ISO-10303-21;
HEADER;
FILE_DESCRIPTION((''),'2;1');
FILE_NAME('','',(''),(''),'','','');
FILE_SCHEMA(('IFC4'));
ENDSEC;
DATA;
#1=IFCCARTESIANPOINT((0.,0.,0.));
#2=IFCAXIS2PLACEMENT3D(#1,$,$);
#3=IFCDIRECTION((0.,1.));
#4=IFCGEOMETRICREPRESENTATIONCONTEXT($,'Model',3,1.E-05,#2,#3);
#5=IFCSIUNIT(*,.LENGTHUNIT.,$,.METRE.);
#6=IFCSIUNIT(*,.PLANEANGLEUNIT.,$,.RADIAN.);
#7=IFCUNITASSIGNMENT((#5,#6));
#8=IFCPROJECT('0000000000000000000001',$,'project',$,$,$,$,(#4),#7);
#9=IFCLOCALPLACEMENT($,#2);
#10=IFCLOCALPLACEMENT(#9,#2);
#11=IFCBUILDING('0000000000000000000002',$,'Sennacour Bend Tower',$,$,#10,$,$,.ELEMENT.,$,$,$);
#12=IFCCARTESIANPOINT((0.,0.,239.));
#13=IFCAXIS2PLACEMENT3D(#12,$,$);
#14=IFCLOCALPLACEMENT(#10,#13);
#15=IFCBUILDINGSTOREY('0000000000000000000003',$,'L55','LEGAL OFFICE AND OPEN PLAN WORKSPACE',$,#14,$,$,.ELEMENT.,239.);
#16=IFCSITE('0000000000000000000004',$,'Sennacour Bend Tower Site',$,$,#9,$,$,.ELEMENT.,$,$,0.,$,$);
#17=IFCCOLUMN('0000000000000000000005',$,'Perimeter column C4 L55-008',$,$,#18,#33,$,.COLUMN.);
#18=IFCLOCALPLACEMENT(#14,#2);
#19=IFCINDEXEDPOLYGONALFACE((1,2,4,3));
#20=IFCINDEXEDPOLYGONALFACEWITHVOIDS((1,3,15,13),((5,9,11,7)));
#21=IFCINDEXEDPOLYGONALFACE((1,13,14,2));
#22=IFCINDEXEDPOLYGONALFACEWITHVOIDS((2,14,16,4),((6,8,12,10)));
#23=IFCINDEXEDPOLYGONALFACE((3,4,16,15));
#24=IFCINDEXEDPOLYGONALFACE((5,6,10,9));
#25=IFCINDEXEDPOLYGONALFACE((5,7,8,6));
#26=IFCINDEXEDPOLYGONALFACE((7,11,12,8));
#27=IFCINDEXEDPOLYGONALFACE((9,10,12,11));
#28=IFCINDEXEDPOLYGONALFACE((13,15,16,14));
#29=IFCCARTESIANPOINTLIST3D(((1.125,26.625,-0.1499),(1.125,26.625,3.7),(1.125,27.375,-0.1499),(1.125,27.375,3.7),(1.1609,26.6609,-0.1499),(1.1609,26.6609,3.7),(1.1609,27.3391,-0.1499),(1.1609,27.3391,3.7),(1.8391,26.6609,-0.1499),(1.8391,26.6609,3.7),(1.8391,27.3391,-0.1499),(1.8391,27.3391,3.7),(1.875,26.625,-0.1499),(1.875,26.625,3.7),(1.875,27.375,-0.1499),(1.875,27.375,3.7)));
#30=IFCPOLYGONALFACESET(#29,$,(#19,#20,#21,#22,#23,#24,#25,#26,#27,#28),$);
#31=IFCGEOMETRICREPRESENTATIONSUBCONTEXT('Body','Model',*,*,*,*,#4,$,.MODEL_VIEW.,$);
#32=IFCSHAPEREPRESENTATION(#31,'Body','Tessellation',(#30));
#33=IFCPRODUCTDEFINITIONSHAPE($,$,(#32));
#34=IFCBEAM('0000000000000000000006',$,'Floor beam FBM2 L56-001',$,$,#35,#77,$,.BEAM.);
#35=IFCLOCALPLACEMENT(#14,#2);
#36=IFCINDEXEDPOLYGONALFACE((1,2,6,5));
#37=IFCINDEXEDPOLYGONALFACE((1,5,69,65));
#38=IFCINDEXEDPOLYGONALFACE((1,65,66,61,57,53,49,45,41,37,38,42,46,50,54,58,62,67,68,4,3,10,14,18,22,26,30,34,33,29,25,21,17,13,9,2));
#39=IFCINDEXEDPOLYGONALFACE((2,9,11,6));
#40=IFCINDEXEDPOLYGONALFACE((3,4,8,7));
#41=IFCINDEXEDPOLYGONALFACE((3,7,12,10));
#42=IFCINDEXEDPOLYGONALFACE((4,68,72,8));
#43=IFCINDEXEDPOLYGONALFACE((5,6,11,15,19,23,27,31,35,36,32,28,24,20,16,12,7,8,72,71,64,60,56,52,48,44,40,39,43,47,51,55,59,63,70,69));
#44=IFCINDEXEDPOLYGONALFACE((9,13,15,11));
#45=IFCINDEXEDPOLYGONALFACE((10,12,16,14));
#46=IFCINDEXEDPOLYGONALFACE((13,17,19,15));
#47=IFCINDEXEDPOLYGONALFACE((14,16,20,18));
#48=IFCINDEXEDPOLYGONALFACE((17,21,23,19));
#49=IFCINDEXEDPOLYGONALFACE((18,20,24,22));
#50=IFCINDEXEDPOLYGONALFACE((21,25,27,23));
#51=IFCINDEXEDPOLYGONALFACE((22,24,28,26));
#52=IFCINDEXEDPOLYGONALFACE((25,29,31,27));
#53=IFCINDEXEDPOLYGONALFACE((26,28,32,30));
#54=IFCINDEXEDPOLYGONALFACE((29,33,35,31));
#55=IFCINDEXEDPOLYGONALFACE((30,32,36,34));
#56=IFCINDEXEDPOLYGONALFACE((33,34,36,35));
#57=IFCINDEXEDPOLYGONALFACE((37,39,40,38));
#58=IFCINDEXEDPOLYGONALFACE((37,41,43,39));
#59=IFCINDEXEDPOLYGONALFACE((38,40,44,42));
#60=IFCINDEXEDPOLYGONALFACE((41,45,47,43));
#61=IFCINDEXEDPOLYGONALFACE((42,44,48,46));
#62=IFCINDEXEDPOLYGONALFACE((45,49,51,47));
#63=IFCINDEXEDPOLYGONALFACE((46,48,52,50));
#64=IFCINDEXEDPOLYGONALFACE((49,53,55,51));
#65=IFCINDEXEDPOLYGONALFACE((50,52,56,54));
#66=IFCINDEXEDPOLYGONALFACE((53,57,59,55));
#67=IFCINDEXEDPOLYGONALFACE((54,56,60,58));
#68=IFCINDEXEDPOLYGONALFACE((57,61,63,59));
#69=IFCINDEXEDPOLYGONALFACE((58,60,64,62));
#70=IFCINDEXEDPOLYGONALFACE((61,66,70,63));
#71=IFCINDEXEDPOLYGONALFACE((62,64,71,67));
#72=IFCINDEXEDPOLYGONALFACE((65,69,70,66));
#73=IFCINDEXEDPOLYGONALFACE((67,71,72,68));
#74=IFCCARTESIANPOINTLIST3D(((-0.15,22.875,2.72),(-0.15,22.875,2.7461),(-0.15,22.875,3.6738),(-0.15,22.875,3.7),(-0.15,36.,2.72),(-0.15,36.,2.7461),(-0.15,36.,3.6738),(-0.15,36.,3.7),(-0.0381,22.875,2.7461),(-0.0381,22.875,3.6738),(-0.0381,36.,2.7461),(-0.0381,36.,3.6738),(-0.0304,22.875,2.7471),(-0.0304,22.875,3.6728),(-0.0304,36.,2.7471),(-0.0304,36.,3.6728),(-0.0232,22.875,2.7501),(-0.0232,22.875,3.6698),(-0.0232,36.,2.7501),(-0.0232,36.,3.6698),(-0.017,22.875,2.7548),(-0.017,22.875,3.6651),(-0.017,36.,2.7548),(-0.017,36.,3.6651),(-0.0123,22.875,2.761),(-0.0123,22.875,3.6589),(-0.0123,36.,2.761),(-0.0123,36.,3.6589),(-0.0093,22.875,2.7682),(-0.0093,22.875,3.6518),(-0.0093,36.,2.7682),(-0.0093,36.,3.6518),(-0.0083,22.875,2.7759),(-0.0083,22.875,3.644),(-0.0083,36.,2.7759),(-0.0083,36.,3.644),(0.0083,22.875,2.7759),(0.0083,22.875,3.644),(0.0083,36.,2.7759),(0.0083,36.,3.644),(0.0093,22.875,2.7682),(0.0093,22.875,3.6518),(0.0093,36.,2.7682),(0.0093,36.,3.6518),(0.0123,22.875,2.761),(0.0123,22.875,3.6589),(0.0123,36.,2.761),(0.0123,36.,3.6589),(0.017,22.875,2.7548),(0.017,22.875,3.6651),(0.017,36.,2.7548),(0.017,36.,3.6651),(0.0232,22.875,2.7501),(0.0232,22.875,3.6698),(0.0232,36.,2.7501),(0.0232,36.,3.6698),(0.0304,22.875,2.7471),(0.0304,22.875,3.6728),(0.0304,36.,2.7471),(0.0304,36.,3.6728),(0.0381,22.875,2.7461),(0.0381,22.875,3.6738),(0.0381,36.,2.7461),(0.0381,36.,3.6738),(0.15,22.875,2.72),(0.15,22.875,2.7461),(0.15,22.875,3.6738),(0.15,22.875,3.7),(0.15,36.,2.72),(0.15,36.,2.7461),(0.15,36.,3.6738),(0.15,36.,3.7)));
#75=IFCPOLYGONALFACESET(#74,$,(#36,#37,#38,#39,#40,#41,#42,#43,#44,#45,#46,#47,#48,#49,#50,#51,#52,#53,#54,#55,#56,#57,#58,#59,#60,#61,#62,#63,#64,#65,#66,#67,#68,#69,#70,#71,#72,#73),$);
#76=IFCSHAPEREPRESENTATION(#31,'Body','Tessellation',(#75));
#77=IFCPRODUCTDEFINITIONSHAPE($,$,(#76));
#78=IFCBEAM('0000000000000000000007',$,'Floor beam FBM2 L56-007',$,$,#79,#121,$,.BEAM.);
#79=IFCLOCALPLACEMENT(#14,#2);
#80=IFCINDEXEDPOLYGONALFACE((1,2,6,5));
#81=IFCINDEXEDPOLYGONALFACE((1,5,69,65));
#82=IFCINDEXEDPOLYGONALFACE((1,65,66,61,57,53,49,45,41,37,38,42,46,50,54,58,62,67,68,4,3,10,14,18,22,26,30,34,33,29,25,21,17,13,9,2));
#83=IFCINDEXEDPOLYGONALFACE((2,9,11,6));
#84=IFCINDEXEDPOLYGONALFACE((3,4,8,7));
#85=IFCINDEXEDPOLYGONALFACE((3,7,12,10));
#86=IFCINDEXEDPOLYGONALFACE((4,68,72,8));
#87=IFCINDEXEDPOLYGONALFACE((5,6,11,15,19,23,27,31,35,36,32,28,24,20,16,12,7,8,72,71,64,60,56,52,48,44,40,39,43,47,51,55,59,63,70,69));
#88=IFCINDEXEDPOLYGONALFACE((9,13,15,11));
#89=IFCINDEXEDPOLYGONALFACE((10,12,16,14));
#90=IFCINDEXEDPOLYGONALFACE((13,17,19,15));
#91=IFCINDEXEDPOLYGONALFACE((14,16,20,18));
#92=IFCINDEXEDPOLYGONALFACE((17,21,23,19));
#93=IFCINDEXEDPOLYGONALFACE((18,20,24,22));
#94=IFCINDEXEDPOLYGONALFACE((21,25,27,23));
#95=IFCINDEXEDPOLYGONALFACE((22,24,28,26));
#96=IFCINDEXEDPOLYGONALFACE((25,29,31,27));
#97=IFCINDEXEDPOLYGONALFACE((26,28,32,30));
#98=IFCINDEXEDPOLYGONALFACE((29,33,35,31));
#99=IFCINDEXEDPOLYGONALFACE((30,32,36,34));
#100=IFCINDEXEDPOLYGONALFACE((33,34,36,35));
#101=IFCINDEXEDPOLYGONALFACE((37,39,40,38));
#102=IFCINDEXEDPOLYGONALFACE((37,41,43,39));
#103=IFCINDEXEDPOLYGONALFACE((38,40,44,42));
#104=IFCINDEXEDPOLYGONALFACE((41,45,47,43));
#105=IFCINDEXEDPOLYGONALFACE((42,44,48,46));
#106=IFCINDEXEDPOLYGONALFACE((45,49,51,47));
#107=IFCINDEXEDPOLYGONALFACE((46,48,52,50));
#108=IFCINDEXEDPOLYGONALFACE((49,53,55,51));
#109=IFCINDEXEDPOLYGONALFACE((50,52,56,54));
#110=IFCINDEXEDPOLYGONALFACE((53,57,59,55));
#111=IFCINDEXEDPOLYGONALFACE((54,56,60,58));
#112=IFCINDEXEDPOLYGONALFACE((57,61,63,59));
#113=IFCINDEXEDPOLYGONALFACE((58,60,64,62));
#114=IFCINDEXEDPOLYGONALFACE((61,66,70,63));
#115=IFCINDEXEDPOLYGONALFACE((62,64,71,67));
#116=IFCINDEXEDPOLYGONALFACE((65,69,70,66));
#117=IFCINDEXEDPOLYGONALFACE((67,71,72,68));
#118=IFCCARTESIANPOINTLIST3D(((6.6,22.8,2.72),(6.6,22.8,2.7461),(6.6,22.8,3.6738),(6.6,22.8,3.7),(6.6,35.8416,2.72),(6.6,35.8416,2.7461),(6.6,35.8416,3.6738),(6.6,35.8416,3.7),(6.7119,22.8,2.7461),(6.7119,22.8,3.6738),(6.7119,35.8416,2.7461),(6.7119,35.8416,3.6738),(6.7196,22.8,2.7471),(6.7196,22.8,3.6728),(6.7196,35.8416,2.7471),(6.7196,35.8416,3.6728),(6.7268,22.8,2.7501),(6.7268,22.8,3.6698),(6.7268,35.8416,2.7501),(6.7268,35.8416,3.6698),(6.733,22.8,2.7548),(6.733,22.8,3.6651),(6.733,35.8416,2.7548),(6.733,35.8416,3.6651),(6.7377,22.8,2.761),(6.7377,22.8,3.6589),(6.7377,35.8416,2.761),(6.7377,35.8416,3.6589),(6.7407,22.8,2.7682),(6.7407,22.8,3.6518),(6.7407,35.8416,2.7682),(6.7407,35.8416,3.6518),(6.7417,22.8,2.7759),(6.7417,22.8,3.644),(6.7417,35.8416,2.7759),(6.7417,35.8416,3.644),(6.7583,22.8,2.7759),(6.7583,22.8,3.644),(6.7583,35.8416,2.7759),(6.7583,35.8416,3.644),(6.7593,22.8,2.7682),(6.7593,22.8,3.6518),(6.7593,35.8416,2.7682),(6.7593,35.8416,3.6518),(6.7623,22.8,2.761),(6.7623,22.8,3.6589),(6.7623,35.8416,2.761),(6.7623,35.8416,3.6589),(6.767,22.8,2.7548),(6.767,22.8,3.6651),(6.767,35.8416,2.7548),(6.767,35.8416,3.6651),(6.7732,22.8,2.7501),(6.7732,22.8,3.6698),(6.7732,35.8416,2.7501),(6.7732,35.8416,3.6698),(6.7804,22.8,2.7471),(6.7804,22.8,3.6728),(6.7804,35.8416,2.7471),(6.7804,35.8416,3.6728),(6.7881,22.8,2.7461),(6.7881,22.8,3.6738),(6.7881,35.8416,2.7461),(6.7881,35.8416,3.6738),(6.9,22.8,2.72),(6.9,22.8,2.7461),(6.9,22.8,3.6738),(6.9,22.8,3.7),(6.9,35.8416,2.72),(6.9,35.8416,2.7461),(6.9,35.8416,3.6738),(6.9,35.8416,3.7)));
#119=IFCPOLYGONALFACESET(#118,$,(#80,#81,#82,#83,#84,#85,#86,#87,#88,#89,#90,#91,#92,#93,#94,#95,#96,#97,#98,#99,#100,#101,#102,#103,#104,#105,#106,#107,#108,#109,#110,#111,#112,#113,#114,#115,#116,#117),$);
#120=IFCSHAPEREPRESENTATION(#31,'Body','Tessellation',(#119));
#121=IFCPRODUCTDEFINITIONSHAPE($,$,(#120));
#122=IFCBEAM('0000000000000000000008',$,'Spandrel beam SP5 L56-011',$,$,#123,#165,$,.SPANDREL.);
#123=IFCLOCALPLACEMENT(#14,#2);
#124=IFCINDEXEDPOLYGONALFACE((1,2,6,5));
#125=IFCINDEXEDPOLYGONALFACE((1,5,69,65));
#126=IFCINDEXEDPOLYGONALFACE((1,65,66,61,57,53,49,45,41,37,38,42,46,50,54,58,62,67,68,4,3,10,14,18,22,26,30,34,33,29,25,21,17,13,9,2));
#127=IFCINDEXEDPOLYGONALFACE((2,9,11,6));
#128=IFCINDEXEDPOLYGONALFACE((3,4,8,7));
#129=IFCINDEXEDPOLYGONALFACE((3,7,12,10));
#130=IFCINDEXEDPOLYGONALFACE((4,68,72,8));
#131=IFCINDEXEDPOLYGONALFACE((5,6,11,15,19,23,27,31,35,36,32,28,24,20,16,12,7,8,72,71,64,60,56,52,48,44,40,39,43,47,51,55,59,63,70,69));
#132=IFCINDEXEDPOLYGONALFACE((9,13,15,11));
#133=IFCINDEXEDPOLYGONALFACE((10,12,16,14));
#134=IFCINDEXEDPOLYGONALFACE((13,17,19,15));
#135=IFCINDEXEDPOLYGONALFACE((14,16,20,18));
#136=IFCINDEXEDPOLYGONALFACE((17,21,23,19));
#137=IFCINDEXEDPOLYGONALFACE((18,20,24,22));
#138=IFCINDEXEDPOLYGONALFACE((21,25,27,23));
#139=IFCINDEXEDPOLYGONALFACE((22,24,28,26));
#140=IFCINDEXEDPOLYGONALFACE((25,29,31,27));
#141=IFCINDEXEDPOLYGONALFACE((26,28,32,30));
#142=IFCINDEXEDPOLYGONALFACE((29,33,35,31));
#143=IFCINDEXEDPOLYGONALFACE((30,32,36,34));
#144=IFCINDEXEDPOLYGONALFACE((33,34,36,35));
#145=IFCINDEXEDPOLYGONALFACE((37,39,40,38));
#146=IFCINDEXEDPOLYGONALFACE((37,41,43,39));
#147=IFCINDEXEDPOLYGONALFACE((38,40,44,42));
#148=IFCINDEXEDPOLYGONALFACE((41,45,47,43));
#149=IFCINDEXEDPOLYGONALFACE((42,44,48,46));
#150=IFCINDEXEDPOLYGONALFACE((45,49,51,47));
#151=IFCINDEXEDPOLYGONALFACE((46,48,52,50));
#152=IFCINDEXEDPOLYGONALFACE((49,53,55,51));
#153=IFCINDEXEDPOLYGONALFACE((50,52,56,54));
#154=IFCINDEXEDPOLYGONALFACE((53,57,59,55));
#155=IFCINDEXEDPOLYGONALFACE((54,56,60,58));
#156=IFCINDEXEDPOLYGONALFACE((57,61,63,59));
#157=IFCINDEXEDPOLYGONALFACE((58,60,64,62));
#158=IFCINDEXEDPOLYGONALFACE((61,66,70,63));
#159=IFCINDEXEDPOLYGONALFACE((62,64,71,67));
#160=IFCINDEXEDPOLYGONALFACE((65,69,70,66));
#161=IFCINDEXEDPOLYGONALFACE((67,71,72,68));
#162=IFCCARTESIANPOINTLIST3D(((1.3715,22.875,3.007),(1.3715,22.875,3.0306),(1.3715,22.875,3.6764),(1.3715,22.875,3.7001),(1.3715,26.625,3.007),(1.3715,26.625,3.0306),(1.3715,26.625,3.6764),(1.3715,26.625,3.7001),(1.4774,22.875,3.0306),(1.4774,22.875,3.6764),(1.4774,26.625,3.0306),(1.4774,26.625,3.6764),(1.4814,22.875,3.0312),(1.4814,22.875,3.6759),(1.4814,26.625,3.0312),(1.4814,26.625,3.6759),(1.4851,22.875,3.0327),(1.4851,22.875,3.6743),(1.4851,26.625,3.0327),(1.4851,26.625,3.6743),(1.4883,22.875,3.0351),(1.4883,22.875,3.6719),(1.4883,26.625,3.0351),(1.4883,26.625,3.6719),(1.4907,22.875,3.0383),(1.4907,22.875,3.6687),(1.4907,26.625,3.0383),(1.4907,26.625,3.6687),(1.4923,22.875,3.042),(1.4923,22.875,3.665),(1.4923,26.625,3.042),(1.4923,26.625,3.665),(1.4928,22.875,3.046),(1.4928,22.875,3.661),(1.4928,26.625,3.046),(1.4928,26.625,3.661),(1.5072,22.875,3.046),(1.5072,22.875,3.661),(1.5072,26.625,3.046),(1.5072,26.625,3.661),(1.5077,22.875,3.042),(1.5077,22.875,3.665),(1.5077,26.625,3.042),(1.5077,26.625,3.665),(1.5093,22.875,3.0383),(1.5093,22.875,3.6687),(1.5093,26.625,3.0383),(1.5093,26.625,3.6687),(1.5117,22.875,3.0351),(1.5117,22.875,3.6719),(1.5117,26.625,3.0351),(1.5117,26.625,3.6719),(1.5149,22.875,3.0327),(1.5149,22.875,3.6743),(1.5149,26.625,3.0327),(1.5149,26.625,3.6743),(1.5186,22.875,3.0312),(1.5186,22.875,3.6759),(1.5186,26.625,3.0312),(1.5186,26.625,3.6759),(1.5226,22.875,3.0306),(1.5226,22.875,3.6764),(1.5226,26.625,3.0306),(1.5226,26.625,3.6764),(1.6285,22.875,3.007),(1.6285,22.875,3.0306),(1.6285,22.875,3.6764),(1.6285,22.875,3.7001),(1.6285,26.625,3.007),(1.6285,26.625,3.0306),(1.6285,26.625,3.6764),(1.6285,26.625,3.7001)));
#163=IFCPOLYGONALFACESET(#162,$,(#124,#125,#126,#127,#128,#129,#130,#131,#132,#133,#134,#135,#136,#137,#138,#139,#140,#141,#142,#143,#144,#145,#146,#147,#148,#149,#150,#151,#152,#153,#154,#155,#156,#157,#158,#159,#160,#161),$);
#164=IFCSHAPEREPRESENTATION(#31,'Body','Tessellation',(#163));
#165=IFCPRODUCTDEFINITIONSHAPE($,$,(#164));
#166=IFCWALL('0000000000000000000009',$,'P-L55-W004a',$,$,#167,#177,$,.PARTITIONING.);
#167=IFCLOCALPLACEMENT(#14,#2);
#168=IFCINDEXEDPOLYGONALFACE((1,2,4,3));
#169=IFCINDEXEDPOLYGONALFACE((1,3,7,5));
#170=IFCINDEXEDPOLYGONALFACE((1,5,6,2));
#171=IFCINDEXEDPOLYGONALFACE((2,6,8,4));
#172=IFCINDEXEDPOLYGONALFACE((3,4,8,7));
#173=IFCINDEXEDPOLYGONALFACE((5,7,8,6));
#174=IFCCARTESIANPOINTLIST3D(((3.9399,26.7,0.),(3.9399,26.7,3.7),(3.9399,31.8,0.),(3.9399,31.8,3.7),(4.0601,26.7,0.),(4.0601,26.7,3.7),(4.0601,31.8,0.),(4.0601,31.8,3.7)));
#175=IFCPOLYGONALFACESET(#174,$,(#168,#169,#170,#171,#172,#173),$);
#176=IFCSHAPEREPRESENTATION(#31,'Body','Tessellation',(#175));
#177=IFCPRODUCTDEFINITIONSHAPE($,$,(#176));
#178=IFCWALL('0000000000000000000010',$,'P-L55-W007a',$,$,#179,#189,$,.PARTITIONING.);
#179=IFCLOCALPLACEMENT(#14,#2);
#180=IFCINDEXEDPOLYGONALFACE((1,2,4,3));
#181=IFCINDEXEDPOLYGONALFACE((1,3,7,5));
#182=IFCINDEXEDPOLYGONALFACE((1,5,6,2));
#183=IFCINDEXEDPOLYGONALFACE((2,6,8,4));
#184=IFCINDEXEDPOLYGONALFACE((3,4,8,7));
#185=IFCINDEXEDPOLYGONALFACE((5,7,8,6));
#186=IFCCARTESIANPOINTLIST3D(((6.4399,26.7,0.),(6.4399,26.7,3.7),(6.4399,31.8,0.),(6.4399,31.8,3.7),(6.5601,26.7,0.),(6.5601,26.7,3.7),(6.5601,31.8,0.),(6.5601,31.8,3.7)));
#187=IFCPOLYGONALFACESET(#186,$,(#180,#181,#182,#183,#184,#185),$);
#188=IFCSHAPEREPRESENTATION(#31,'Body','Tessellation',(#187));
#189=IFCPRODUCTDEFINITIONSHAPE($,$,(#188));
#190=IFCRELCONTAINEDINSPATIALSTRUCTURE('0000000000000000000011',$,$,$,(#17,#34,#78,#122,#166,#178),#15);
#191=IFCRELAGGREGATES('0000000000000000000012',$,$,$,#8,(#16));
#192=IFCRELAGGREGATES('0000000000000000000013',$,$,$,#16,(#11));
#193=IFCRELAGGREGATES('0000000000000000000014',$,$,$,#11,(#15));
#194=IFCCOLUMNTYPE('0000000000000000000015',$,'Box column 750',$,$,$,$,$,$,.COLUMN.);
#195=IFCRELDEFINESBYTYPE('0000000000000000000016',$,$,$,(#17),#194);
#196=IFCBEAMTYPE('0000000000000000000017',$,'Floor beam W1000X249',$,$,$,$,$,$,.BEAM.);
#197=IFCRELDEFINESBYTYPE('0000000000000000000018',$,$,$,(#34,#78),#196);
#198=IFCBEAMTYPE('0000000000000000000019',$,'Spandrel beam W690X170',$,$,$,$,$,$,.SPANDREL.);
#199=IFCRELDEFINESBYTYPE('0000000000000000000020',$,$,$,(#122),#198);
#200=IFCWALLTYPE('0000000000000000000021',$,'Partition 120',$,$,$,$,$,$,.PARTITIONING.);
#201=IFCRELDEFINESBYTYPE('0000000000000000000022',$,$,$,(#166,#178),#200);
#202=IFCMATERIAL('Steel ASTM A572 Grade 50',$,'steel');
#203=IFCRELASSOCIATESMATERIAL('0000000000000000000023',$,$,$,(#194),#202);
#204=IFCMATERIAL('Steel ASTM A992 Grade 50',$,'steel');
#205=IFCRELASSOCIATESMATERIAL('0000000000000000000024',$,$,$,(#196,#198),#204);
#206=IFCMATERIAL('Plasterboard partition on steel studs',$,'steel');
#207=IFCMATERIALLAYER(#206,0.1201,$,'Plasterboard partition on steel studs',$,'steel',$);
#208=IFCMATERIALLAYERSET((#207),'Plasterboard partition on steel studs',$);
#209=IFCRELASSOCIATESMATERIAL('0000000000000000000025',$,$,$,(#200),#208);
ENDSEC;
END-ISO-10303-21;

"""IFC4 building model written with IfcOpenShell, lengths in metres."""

from ifc_helpers import new_model, si_unit, direction, frame, frame_2d, origin, origin_2d, place, context, subcontext, project, spatial, rectangle, hollow_rectangle, i_section, extrude, material, layer, layer_set, material_profile, profile_set, type_object, element, save


model = new_model("IFC4")

# Units and contexts
model_context = context("Model", 3, precision=1e-05, world=origin(), true_north=direction((0.0, 1.0)))
body_context = subcontext(model_context, "Body", "Model", "MODEL_VIEW")
ifc_project = project(units=[si_unit("LENGTHUNIT", "METRE"), si_unit("PLANEANGLEUNIT", "RADIAN")], contexts=[model_context])

# Site, building, storey
site_placement = place(None, origin())
site = spatial("IfcSite", under=ifc_project, at=site_placement, Name="Sennacour Bend Tower Site", CompositionType="ELEMENT", RefElevation=0.0)
building_placement = place(site_placement, origin())
building = spatial("IfcBuilding", under=site, at=building_placement, Name="Sennacour Bend Tower", CompositionType="ELEMENT")
storey_placement = place(building_placement, frame((0.0, 0.0, 239.0)))
storey = spatial("IfcBuildingStorey", under=building, at=storey_placement, Name="L55", Description="LEGAL OFFICE AND OPEN PLAN WORKSPACE", CompositionType="ELEMENT", Elevation=239.0)

# Column
ifc_material_1 = material(Name="Steel ASTM A572 Grade 50", Category="steel")
ifc_material_profile_1 = material_profile(ifc_material_1, hollow_rectangle(XDim=0.75, YDim=0.75, WallThickness=0.0359, at=origin_2d()), Name="Steel ASTM A572 Grade 50", Category="steel")
ifc_profile_set_1 = profile_set([ifc_material_profile_1], Name="Steel ASTM A572 Grade 50")
column_type = type_object("IfcColumnType", Name="Box column 750", PredefinedType="COLUMN", material=ifc_profile_set_1)
column_placement = place(storey_placement, frame((1.5, 27.0, -0.1499), z_axis=(0.0, 0.0, 1.0), x_axis=(1.0, 0.0, 0.0)))
element("IfcColumn", 1, at=column_placement, inside=storey, type_object=column_type, Name="Perimeter column C4 L55-008", PredefinedType="COLUMN", context=body_context, shape_type="SweptSolid", body=[
    extrude(hollow_rectangle(XDim=0.75, YDim=0.75, WallThickness=0.0359, at=origin_2d()), origin(), (0.0, 0.0, 1.0), 3.8499),
])

# Beams
ifc_material_2 = material(Name="Steel ASTM A992 Grade 50", Category="steel")
ifc_material_profile_2 = material_profile(ifc_material_2, i_section(OverallWidth=0.3, OverallDepth=0.98, WebThickness=0.0166, FlangeThickness=0.0261, FilletRadius=0.0298, at=origin_2d()), Name="Steel ASTM A992 Grade 50", Category="steel")
ifc_profile_set_2 = profile_set([ifc_material_profile_2], Name="Steel ASTM A992 Grade 50")
beam_type_1 = type_object("IfcBeamType", Name="Floor beam W1000X249", PredefinedType="BEAM", material=ifc_profile_set_2)
beam_1_placement = place(storey_placement, frame((0.0, 22.875, 3.21), z_axis=(0.0, 1.0, 0.0), x_axis=(-1.0, 0.0, 0.0)))
element("IfcBeam", 2, at=beam_1_placement, inside=storey, type_object=beam_type_1, Name="Floor beam FBM2 L56-001", PredefinedType="BEAM", context=body_context, shape_type="SweptSolid", body=[
    extrude(i_section(OverallWidth=0.3, OverallDepth=0.98, WebThickness=0.0166, FlangeThickness=0.0261, FilletRadius=0.0298, at=origin_2d()), origin(), (0.0, 0.0, 1.0), 13.125),
])
beam_2_placement = place(storey_placement, frame((6.75, 22.8, 3.21), z_axis=(0.0, 1.0, 0.0), x_axis=(-1.0, 0.0, 0.0)))
element("IfcBeam", 3, at=beam_2_placement, inside=storey, type_object=beam_type_1, Name="Floor beam FBM2 L56-007", PredefinedType="BEAM", context=body_context, shape_type="SweptSolid", body=[
    extrude(i_section(OverallWidth=0.3, OverallDepth=0.98, WebThickness=0.0166, FlangeThickness=0.0261, FilletRadius=0.0298, at=origin_2d()), origin(), (0.0, 0.0, 1.0), 13.0415),
])
ifc_material_profile_3 = material_profile(ifc_material_2, i_section(OverallWidth=0.2571, OverallDepth=0.6931, WebThickness=0.0144, FlangeThickness=0.0237, FilletRadius=0.0154, at=origin_2d()), Name="Steel ASTM A992 Grade 50", Category="steel")
ifc_profile_set_3 = profile_set([ifc_material_profile_3], Name="Steel ASTM A992 Grade 50")
beam_type_2 = type_object("IfcBeamType", Name="Spandrel beam W690X170", PredefinedType="SPANDREL", material=ifc_profile_set_3)
beam_3_placement = place(storey_placement, frame((1.5, 22.875, 3.3535), z_axis=(0.0, 1.0, 0.0), x_axis=(-1.0, 0.0, 0.0)))
element("IfcBeam", 4, at=beam_3_placement, inside=storey, type_object=beam_type_2, Name="Spandrel beam SP5 L56-011", PredefinedType="SPANDREL", context=body_context, shape_type="SweptSolid", body=[
    extrude(i_section(OverallWidth=0.2571, OverallDepth=0.6931, WebThickness=0.0144, FlangeThickness=0.0237, FilletRadius=0.0154, at=origin_2d()), origin(), (0.0, 0.0, 1.0), 3.75),
])

# Walls
ifc_material_3 = material(Name="Plasterboard partition on steel studs", Category="steel")
ifc_layer_1 = layer(ifc_material_3, 0.1201, Name="Plasterboard partition on steel studs", Category="steel")
ifc_layer_set_1 = layer_set([ifc_layer_1], Name="Plasterboard partition on steel studs")
wall_type_1 = type_object("IfcWallType", Name="Partition 120", PredefinedType="PARTITIONING", material=ifc_layer_set_1)
for number, where, z_axis, x_axis, name in (
    (5, (4.0, 26.7, 0.0), (0.0, 0.0, 1.0), (0.0, 1.0, 0.0), "P-L55-W004a"),
    (6, (6.5, 26.7, 0.0), (0.0, 0.0, 1.0), (0.0, 1.0, 0.0), "P-L55-W007a"),
):
    element("IfcWall", number, at=place(storey_placement, frame(where, z_axis=z_axis, x_axis=x_axis)), inside=storey, type_object=wall_type_1, Name=name, PredefinedType="PARTITIONING", context=body_context, shape_type="SweptSolid", body=[
        extrude(rectangle(XDim=5.1001, YDim=0.1201, at=frame_2d((2.55, 0.0))), origin(), (0.0, 0.0, 1.0), 3.7),
    ])

save(model, "model.ifc")
